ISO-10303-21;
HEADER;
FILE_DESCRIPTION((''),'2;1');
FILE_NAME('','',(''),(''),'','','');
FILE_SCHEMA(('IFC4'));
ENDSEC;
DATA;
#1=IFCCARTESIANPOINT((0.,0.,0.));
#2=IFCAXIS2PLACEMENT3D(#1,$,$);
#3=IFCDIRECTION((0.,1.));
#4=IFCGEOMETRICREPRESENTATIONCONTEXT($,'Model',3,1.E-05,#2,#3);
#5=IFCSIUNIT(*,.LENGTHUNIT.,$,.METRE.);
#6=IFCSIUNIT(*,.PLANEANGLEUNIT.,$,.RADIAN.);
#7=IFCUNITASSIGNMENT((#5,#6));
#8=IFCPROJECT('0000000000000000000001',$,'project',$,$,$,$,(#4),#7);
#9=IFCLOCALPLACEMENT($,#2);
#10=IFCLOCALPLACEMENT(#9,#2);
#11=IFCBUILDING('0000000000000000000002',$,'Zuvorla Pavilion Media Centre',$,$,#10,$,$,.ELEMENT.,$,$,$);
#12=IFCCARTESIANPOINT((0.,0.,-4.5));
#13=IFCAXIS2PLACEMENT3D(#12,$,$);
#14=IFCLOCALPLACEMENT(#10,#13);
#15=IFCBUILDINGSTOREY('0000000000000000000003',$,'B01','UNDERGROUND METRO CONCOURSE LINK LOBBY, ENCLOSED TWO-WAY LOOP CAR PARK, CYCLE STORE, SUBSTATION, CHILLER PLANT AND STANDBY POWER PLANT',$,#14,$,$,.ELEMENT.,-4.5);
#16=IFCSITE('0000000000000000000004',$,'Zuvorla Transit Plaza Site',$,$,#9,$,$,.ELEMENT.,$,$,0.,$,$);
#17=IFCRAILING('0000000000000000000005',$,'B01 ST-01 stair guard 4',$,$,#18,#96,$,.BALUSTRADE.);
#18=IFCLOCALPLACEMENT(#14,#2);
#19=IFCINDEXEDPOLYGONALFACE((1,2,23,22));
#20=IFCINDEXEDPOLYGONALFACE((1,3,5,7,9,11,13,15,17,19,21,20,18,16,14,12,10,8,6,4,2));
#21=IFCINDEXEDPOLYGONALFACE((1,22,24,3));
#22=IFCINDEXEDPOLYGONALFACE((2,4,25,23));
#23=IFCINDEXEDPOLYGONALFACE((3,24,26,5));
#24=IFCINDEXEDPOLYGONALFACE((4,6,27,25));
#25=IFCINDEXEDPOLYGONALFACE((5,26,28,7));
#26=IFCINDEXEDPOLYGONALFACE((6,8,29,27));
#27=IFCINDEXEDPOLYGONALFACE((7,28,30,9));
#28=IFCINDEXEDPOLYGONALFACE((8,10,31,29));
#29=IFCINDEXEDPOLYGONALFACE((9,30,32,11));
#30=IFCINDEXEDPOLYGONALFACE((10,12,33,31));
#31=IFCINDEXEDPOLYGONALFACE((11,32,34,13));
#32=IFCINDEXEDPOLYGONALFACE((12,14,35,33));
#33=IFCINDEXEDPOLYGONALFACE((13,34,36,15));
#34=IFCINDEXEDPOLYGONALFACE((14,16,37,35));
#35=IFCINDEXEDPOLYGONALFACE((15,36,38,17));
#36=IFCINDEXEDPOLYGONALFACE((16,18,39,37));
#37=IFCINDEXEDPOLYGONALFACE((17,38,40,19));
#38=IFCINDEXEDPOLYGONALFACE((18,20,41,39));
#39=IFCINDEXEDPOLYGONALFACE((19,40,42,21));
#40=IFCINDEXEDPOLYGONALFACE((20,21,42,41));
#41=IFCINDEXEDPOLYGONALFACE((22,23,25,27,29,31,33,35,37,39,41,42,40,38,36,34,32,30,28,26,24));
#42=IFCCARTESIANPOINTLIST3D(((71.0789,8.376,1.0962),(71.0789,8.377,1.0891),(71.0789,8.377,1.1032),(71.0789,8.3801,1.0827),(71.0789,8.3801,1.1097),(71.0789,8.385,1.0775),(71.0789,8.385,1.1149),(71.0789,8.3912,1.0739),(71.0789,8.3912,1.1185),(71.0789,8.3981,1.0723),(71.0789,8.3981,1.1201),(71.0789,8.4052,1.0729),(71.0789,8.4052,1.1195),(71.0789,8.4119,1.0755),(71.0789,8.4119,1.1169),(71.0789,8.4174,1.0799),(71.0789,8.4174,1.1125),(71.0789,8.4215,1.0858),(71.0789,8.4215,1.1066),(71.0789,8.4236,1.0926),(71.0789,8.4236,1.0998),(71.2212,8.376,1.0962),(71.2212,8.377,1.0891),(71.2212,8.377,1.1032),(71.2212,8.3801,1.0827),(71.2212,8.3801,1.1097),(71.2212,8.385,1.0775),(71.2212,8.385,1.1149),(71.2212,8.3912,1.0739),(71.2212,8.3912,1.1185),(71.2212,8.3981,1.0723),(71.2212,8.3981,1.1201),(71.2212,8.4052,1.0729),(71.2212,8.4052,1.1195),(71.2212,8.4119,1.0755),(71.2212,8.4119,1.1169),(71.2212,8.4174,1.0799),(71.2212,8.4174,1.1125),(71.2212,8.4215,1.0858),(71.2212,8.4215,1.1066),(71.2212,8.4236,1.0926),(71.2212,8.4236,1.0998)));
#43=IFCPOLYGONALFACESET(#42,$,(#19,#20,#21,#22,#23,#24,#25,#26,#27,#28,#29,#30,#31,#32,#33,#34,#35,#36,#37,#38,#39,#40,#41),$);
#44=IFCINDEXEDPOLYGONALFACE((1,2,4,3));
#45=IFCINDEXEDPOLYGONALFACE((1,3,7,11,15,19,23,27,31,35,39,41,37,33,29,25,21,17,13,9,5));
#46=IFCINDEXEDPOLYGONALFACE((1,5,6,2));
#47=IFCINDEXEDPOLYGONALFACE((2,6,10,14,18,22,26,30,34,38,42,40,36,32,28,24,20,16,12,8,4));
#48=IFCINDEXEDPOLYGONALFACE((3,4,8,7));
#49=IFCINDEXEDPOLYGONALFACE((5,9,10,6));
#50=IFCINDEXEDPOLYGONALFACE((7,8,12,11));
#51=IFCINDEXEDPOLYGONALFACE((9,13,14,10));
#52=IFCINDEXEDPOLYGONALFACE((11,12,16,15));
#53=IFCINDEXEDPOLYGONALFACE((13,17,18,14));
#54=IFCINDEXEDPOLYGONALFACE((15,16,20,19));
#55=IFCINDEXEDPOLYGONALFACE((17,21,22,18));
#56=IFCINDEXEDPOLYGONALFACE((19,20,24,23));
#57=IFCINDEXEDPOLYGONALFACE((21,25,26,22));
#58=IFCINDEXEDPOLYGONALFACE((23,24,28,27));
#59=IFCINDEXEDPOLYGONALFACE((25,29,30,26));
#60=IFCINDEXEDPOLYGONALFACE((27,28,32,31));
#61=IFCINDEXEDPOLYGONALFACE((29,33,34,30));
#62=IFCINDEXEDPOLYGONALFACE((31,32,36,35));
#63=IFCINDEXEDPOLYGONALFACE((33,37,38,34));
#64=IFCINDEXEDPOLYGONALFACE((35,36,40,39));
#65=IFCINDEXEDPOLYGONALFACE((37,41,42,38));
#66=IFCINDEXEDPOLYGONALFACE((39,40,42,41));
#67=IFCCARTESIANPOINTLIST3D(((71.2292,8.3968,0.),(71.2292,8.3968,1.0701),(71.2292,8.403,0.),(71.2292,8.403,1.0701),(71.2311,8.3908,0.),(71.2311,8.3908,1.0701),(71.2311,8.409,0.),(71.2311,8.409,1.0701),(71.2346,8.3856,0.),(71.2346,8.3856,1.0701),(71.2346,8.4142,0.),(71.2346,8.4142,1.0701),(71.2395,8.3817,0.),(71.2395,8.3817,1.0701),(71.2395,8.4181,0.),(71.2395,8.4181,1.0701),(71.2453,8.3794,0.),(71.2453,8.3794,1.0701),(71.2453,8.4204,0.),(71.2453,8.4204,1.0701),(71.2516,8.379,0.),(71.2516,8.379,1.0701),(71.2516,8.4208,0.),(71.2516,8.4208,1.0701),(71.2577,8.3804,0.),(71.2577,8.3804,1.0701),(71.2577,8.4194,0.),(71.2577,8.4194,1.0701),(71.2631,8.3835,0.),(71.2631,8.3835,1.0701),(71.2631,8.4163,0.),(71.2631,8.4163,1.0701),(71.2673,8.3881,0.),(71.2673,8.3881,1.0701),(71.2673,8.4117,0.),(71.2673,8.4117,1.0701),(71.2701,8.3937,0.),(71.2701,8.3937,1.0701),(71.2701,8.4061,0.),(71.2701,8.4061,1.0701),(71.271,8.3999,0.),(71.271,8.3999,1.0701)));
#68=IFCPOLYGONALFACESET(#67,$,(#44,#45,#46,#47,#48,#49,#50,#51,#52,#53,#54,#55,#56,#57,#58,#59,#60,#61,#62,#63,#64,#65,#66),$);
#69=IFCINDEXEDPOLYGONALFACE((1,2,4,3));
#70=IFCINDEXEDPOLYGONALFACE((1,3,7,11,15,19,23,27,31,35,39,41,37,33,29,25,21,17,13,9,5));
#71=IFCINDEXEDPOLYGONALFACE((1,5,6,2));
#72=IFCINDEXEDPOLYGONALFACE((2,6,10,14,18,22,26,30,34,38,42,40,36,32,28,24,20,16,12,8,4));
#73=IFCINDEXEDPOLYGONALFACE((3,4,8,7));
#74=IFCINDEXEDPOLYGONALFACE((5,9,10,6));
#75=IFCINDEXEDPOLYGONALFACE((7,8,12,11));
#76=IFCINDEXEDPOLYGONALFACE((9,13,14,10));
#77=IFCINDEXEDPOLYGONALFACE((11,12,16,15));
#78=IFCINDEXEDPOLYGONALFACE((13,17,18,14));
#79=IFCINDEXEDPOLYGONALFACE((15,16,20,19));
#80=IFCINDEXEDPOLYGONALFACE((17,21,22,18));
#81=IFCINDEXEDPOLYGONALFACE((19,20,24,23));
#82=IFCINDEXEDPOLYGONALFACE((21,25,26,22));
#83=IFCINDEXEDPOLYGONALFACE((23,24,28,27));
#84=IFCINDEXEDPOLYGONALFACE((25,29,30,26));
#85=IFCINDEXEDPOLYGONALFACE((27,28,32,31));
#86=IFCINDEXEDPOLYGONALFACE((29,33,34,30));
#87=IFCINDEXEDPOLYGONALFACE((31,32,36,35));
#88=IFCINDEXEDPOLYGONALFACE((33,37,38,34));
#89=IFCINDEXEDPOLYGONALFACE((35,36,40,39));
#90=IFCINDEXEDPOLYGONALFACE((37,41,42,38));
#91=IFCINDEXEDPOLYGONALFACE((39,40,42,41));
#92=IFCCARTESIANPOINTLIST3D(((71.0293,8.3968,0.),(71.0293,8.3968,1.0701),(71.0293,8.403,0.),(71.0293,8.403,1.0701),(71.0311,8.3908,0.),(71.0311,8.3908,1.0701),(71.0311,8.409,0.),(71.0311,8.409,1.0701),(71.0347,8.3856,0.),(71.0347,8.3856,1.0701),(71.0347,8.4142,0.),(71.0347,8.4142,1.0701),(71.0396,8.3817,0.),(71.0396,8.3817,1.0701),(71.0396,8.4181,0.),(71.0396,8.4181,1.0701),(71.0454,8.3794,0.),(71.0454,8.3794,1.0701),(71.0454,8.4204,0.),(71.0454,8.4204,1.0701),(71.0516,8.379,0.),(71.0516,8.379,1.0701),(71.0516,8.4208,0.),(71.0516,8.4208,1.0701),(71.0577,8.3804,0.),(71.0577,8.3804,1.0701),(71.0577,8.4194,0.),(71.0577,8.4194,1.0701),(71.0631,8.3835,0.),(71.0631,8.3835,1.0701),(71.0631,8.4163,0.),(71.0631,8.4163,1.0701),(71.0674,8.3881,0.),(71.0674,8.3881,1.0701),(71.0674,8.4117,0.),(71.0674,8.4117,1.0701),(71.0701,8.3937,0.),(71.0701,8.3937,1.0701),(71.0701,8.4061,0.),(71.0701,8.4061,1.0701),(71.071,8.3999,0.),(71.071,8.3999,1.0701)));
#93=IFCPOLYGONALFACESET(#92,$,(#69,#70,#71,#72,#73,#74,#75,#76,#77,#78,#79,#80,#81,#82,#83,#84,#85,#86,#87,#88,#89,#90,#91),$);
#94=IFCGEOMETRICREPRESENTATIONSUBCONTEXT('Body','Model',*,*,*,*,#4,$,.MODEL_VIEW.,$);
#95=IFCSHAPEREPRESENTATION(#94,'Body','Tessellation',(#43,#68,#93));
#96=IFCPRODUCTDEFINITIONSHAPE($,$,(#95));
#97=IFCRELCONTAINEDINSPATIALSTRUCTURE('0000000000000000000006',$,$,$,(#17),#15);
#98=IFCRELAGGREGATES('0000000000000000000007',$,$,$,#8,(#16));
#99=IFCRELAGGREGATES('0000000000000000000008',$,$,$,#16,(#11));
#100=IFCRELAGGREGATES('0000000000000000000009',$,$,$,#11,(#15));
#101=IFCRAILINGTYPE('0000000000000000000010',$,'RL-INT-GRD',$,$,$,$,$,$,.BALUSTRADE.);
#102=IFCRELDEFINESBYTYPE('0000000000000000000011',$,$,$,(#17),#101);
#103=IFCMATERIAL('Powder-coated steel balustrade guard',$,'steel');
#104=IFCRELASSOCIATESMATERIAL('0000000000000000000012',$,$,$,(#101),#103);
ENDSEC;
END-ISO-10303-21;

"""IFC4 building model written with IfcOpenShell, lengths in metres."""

from ifc_helpers import new_model, si_unit, direction, frame, origin, origin_2d, place, context, subcontext, project, spatial, circle, extrude, material, type_object, element, save


model = new_model("IFC4")

# Units and contexts
model_context = context("Model", 3, precision=1e-05, world=origin(), true_north=direction((0.0, 1.0)))
body_context = subcontext(model_context, "Body", "Model", "MODEL_VIEW")
ifc_project = project(units=[si_unit("LENGTHUNIT", "METRE"), si_unit("PLANEANGLEUNIT", "RADIAN")], contexts=[model_context])

# Site, building, storey
site_placement = place(None, origin())
site = spatial("IfcSite", under=ifc_project, at=site_placement, Name="Zuvorla Transit Plaza Site", CompositionType="ELEMENT", RefElevation=0.0)
building_placement = place(site_placement, origin())
building = spatial("IfcBuilding", under=site, at=building_placement, Name="Zuvorla Pavilion Media Centre", CompositionType="ELEMENT")
storey_placement = place(building_placement, frame((0.0, 0.0, -4.5)))
storey = spatial("IfcBuildingStorey", under=building, at=storey_placement, Name="B01", Description="UNDERGROUND METRO CONCOURSE LINK LOBBY, ENCLOSED TWO-WAY LOOP CAR PARK, CYCLE STORE, SUBSTATION, CHILLER PLANT AND STANDBY POWER PLANT", CompositionType="ELEMENT", Elevation=-4.5)

# Railing
ifc_material_1 = material(Name="Powder-coated steel balustrade guard", Category="steel")
railing_type_1 = type_object("IfcRailingType", Name="RL-INT-GRD", PredefinedType="BALUSTRADE", material=ifc_material_1)
railing_1_placement = place(storey_placement, frame((71.25, 8.3999, 0.0)))
element("IfcRailing", 1, at=railing_1_placement, inside=storey, type_object=railing_type_1, Name="B01 ST-01 stair guard 4", PredefinedType="BALUSTRADE", context=body_context, shape_type="SweptSolid", body=[
    extrude(circle(Radius=0.0239, at=origin_2d()), frame((-0.0288, 0.0, 1.0962), z_axis=(-1.0, 0.0, 0.0), x_axis=(0.0, -1.0, 0.0)), (0.0, 0.0, 1.0), 0.1423),
    extrude(circle(Radius=0.021, at=origin_2d()), origin(), (0.0, 0.0, 1.0), 1.0701),
    extrude(circle(Radius=0.021, at=origin_2d()), frame((-0.2, 0.0, 0.0)), (0.0, 0.0, 1.0), 1.0701),
])

save(model, "model.ifc")
